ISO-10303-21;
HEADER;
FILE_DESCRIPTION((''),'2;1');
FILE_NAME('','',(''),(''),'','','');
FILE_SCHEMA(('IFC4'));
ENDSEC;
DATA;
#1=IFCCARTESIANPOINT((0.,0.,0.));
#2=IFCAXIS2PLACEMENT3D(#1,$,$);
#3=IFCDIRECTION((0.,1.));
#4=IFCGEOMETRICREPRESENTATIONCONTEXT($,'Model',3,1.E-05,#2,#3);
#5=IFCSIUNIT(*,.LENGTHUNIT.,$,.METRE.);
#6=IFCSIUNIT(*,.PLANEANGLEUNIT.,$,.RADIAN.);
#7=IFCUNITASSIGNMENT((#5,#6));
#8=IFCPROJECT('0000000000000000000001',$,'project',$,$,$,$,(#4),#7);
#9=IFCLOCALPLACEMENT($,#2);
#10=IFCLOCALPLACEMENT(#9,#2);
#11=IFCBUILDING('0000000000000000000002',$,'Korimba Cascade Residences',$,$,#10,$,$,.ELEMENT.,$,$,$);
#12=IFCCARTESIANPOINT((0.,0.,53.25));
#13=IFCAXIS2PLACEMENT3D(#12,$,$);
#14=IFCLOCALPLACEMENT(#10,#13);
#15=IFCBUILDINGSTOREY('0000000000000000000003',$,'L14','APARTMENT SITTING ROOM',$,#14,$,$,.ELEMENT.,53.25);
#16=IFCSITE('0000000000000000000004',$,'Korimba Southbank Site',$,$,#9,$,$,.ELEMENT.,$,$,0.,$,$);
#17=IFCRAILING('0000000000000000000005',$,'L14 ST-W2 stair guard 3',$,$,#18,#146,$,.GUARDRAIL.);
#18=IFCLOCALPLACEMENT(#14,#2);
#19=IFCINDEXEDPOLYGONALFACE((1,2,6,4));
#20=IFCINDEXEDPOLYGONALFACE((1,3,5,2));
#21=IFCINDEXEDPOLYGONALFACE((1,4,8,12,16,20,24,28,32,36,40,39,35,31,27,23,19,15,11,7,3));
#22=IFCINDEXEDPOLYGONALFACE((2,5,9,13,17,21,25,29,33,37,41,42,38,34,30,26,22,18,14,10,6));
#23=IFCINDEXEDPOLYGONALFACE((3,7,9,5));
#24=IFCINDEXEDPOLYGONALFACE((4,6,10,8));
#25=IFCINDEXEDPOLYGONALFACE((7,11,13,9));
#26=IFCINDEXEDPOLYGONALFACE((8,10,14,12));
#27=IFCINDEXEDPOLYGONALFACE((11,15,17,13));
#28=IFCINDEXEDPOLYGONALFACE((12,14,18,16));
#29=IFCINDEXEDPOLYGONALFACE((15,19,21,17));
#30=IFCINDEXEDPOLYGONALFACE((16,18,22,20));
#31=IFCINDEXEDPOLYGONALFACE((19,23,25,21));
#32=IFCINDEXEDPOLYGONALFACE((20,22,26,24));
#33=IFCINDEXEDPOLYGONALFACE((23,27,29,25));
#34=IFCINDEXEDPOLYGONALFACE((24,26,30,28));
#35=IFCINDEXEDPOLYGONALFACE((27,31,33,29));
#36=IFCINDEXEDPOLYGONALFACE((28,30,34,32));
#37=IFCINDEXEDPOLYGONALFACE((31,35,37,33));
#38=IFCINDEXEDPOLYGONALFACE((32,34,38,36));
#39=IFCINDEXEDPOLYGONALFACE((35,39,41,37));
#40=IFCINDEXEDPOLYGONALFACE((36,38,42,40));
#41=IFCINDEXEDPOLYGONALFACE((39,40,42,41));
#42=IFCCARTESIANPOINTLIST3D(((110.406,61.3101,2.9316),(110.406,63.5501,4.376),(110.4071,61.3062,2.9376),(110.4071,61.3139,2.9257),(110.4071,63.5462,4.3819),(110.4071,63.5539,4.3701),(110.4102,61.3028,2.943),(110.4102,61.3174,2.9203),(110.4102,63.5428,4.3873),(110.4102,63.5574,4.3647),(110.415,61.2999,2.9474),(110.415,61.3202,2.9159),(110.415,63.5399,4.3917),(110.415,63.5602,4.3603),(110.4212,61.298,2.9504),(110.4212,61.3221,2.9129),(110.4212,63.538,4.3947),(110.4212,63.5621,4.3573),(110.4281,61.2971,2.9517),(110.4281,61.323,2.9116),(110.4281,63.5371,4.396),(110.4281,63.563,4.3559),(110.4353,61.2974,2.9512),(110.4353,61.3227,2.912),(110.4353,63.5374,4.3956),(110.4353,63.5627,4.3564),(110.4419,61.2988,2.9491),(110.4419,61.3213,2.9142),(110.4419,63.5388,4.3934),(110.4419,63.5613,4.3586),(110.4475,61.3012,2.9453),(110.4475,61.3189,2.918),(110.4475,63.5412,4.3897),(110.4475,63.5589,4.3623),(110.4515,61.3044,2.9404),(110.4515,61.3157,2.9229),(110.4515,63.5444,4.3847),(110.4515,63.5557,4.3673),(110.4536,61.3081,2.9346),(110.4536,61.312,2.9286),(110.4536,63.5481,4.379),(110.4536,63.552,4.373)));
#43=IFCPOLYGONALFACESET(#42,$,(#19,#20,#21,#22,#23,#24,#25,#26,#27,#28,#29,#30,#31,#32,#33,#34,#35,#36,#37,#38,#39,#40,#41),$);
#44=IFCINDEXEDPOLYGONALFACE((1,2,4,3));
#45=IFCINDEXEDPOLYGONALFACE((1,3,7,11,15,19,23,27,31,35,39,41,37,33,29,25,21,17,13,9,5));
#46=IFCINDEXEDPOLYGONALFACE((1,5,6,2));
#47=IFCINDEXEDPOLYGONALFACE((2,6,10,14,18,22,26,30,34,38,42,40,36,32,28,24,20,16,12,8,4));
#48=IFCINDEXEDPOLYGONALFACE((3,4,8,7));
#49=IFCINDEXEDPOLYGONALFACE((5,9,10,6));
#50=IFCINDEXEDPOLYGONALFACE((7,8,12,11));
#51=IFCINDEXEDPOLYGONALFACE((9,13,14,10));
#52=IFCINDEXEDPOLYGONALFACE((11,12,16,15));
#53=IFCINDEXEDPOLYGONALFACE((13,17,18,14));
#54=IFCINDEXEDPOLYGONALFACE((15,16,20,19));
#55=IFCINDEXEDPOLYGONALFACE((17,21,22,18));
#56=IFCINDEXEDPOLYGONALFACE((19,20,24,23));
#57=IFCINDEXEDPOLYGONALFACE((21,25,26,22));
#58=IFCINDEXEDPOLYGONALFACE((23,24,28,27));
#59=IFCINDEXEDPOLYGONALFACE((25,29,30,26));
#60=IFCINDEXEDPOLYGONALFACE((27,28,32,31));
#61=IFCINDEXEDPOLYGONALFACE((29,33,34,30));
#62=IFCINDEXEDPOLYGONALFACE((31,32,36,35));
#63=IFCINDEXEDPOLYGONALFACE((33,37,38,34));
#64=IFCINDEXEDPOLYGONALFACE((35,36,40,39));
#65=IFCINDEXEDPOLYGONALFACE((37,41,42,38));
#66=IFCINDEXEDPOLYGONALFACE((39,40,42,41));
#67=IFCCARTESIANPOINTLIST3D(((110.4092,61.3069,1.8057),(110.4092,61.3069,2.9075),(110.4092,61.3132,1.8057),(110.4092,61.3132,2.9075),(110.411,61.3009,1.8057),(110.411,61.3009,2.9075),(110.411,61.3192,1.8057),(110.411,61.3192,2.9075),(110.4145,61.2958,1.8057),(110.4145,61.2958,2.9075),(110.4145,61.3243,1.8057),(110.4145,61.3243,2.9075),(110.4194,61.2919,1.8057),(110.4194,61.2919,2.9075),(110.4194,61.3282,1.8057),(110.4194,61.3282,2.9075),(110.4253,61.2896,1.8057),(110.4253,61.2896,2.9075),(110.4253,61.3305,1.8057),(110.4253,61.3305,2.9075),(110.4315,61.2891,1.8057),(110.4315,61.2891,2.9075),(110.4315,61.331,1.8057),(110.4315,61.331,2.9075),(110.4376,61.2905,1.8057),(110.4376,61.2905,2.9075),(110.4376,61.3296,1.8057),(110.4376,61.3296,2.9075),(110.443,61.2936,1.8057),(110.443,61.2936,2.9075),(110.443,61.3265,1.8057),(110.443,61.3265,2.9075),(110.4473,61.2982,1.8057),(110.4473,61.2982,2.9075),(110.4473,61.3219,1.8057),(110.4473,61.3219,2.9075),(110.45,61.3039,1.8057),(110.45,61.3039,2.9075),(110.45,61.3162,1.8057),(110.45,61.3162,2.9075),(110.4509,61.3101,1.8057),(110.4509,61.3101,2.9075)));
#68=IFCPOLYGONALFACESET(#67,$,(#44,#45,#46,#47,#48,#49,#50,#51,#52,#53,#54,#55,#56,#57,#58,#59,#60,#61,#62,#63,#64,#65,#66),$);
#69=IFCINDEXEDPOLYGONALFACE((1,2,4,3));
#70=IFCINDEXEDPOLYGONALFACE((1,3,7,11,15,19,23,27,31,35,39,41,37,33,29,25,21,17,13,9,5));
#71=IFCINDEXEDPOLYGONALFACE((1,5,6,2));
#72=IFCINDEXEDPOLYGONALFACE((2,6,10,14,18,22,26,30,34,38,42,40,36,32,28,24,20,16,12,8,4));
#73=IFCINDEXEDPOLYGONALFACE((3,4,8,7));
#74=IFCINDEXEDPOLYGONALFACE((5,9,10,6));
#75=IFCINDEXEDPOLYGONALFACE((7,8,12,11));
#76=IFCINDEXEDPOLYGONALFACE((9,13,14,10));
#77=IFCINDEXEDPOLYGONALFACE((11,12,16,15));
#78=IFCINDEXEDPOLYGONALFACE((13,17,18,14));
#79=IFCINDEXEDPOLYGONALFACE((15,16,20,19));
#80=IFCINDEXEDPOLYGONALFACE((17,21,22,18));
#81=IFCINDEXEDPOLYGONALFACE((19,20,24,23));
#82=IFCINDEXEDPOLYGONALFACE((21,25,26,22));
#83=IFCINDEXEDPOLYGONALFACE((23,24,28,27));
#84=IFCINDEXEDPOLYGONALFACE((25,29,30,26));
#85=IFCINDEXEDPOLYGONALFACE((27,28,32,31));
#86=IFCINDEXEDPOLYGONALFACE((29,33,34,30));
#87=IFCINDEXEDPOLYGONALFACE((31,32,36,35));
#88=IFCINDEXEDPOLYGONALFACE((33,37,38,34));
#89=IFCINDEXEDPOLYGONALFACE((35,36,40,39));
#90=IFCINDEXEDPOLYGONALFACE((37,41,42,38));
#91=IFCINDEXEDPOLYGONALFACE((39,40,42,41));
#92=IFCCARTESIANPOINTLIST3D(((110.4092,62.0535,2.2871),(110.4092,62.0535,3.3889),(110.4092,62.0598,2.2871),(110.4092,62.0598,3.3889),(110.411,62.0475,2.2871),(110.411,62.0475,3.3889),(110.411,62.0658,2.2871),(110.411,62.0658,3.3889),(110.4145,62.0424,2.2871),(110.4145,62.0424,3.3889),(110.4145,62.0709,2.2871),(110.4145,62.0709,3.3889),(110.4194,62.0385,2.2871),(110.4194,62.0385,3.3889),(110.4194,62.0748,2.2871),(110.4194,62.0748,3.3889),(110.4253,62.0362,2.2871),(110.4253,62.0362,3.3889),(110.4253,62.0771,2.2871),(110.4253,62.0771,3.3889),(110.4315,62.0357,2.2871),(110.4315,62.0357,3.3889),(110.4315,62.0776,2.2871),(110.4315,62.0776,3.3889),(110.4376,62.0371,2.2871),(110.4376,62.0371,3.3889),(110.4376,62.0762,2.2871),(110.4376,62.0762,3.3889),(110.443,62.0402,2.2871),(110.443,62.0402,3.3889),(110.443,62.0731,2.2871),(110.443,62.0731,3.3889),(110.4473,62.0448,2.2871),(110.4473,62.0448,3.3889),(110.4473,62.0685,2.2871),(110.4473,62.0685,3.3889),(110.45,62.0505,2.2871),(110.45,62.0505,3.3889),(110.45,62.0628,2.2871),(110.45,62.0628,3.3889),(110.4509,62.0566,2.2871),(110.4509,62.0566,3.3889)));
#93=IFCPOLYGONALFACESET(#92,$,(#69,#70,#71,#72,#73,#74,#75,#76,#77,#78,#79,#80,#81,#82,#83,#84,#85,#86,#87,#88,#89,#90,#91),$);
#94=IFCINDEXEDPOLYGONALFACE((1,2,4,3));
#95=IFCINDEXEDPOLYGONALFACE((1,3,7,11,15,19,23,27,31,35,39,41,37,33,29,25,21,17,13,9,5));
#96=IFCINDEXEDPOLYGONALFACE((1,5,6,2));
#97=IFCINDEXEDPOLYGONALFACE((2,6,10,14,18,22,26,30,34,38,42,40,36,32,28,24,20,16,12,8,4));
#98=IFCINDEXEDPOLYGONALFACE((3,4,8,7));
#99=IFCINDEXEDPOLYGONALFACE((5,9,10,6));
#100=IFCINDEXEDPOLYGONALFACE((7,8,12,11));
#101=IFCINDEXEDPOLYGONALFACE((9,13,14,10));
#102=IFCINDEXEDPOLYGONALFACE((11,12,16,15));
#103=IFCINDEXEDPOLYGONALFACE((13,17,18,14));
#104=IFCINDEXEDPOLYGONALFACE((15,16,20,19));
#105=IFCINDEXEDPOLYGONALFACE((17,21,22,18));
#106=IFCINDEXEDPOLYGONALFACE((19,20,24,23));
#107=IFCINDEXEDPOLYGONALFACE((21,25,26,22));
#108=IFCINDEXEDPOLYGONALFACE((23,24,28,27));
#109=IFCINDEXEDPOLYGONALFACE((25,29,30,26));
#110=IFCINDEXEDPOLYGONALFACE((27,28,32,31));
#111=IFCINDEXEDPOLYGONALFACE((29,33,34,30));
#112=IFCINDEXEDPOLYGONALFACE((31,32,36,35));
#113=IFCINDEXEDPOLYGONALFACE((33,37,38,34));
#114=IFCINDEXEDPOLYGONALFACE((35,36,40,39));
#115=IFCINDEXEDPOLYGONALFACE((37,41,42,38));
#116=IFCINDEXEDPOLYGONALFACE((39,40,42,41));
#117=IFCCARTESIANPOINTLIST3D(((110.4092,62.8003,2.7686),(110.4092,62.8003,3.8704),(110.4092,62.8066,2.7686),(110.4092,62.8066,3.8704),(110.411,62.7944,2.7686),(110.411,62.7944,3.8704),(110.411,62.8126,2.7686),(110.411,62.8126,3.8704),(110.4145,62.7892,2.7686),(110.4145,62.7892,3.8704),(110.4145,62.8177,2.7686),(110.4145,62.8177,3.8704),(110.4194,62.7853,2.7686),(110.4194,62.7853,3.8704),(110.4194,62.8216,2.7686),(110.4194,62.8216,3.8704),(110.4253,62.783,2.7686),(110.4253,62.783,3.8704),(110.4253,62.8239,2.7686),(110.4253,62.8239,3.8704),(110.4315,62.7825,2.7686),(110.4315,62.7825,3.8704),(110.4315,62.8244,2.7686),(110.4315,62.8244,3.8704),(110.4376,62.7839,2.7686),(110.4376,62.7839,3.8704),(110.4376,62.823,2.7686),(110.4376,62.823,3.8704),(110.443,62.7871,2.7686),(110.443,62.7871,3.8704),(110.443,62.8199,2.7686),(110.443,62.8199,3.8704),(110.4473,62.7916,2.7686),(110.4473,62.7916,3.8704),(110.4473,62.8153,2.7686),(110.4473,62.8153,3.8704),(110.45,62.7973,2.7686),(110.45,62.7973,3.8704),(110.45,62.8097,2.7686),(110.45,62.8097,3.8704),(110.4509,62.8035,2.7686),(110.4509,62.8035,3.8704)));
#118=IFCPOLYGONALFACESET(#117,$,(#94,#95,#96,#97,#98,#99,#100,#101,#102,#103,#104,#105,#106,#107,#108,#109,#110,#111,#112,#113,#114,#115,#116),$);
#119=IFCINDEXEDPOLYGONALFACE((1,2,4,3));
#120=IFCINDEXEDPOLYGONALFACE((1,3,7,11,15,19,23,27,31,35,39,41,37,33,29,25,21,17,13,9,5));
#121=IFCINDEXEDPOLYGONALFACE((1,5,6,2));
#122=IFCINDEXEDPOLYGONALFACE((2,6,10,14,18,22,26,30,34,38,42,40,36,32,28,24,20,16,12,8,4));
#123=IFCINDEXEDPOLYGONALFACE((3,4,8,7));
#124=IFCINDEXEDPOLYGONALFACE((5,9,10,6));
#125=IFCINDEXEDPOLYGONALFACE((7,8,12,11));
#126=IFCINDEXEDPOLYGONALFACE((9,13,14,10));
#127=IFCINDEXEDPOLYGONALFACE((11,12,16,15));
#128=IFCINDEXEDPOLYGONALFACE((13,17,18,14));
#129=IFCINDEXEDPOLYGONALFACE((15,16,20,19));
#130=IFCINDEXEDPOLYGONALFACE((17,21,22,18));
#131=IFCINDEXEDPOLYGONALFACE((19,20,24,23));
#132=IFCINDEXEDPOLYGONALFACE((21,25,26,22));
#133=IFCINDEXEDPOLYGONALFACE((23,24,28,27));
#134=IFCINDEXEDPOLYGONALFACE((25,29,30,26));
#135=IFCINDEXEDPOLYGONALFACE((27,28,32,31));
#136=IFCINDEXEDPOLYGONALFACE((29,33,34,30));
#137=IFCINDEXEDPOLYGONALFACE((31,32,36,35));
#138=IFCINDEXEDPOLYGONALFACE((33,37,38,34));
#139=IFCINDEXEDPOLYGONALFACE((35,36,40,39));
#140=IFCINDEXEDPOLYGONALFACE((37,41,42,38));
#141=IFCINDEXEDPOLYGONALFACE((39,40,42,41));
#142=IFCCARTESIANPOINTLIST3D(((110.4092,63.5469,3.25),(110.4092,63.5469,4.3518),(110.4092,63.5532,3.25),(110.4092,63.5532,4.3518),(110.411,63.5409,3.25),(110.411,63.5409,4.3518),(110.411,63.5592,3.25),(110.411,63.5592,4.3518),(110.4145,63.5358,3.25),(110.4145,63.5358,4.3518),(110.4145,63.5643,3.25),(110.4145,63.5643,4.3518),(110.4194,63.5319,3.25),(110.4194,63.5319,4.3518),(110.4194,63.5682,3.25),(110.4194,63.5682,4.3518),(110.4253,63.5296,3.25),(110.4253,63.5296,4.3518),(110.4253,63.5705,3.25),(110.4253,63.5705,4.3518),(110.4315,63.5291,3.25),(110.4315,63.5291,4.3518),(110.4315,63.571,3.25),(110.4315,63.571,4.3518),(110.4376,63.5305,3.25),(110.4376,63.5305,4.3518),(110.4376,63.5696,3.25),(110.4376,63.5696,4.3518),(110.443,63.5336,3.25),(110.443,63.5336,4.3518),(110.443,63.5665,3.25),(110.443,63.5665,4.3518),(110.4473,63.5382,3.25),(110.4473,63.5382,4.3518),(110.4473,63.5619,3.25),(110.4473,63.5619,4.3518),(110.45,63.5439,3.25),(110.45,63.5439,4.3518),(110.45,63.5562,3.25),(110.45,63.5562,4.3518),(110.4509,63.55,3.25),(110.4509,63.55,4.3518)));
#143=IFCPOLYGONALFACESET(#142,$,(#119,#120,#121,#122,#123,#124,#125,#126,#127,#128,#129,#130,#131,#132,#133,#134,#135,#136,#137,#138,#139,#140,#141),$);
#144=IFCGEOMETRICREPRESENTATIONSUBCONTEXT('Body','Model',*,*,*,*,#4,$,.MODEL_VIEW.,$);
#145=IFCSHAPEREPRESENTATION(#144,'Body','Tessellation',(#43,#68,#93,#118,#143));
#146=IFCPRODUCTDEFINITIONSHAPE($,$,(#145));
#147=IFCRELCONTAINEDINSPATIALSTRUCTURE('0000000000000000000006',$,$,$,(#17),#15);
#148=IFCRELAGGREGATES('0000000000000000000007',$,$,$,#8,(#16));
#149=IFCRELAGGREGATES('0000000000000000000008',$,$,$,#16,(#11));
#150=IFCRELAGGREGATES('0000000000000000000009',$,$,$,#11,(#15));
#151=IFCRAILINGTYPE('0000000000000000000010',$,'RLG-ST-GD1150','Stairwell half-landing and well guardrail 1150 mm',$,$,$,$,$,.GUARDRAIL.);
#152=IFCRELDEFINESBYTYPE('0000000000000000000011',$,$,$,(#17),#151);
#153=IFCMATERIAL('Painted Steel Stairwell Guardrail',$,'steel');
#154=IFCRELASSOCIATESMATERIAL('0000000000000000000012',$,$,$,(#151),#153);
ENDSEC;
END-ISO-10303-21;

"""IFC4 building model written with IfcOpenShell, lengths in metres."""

from ifc_helpers import new_model, si_unit, direction, frame, origin, origin_2d, place, context, subcontext, project, spatial, circle, extrude, material, type_object, element, save


model = new_model("IFC4")

# Units and contexts
model_context = context("Model", 3, precision=1e-05, world=origin(), true_north=direction((0.0, 1.0)))
body_context = subcontext(model_context, "Body", "Model", "MODEL_VIEW")
ifc_project = project(units=[si_unit("LENGTHUNIT", "METRE"), si_unit("PLANEANGLEUNIT", "RADIAN")], contexts=[model_context])

# Site, building, storey
site_placement = place(None, origin())
site = spatial("IfcSite", under=ifc_project, at=site_placement, Name="Korimba Southbank Site", CompositionType="ELEMENT", RefElevation=0.0)
building_placement = place(site_placement, origin())
building = spatial("IfcBuilding", under=site, at=building_placement, Name="Korimba Cascade Residences", CompositionType="ELEMENT")
storey_placement = place(building_placement, frame((0.0, 0.0, 53.25)))
storey = spatial("IfcBuildingStorey", under=building, at=storey_placement, Name="L14", Description="APARTMENT SITTING ROOM", CompositionType="ELEMENT", Elevation=53.25)

# Railing
ifc_material_1 = material(Name="Painted Steel Stairwell Guardrail", Category="steel")
railing_type_1 = type_object("IfcRailingType", Name="RLG-ST-GD1150", Description="Stairwell half-landing and well guardrail 1150 mm", PredefinedType="GUARDRAIL", material=ifc_material_1)
railing_1_placement = place(storey_placement, frame((110.4299, 61.3101, 1.8057)))
element("IfcRailing", 1, at=railing_1_placement, inside=storey, type_object=railing_type_1, Name="L14 ST-W2 stair guard 3", PredefinedType="GUARDRAIL", context=body_context, shape_type="SweptSolid", body=[
    extrude(circle(Radius=0.0239, at=origin_2d()), frame((0.0, 0.0, 1.126), z_axis=(0.0, 0.840437, 0.54191), x_axis=(-1.0, 0.0, 0.0)), (0.0, 0.0, 1.0), 2.6653),
    extrude(circle(Radius=0.021, at=origin_2d()), origin(), (0.0, 0.0, 1.0), 1.1018),
    extrude(circle(Radius=0.021, at=origin_2d()), frame((0.0, 0.7466, 0.4814)), (0.0, 0.0, 1.0), 1.1018),
    extrude(circle(Radius=0.021, at=origin_2d()), frame((0.0, 1.4934, 0.9629)), (0.0, 0.0, 1.0), 1.1018),
    extrude(circle(Radius=0.021, at=origin_2d()), frame((0.0, 2.24, 1.4443)), (0.0, 0.0, 1.0), 1.1018),
])

save(model, "model.ifc")
